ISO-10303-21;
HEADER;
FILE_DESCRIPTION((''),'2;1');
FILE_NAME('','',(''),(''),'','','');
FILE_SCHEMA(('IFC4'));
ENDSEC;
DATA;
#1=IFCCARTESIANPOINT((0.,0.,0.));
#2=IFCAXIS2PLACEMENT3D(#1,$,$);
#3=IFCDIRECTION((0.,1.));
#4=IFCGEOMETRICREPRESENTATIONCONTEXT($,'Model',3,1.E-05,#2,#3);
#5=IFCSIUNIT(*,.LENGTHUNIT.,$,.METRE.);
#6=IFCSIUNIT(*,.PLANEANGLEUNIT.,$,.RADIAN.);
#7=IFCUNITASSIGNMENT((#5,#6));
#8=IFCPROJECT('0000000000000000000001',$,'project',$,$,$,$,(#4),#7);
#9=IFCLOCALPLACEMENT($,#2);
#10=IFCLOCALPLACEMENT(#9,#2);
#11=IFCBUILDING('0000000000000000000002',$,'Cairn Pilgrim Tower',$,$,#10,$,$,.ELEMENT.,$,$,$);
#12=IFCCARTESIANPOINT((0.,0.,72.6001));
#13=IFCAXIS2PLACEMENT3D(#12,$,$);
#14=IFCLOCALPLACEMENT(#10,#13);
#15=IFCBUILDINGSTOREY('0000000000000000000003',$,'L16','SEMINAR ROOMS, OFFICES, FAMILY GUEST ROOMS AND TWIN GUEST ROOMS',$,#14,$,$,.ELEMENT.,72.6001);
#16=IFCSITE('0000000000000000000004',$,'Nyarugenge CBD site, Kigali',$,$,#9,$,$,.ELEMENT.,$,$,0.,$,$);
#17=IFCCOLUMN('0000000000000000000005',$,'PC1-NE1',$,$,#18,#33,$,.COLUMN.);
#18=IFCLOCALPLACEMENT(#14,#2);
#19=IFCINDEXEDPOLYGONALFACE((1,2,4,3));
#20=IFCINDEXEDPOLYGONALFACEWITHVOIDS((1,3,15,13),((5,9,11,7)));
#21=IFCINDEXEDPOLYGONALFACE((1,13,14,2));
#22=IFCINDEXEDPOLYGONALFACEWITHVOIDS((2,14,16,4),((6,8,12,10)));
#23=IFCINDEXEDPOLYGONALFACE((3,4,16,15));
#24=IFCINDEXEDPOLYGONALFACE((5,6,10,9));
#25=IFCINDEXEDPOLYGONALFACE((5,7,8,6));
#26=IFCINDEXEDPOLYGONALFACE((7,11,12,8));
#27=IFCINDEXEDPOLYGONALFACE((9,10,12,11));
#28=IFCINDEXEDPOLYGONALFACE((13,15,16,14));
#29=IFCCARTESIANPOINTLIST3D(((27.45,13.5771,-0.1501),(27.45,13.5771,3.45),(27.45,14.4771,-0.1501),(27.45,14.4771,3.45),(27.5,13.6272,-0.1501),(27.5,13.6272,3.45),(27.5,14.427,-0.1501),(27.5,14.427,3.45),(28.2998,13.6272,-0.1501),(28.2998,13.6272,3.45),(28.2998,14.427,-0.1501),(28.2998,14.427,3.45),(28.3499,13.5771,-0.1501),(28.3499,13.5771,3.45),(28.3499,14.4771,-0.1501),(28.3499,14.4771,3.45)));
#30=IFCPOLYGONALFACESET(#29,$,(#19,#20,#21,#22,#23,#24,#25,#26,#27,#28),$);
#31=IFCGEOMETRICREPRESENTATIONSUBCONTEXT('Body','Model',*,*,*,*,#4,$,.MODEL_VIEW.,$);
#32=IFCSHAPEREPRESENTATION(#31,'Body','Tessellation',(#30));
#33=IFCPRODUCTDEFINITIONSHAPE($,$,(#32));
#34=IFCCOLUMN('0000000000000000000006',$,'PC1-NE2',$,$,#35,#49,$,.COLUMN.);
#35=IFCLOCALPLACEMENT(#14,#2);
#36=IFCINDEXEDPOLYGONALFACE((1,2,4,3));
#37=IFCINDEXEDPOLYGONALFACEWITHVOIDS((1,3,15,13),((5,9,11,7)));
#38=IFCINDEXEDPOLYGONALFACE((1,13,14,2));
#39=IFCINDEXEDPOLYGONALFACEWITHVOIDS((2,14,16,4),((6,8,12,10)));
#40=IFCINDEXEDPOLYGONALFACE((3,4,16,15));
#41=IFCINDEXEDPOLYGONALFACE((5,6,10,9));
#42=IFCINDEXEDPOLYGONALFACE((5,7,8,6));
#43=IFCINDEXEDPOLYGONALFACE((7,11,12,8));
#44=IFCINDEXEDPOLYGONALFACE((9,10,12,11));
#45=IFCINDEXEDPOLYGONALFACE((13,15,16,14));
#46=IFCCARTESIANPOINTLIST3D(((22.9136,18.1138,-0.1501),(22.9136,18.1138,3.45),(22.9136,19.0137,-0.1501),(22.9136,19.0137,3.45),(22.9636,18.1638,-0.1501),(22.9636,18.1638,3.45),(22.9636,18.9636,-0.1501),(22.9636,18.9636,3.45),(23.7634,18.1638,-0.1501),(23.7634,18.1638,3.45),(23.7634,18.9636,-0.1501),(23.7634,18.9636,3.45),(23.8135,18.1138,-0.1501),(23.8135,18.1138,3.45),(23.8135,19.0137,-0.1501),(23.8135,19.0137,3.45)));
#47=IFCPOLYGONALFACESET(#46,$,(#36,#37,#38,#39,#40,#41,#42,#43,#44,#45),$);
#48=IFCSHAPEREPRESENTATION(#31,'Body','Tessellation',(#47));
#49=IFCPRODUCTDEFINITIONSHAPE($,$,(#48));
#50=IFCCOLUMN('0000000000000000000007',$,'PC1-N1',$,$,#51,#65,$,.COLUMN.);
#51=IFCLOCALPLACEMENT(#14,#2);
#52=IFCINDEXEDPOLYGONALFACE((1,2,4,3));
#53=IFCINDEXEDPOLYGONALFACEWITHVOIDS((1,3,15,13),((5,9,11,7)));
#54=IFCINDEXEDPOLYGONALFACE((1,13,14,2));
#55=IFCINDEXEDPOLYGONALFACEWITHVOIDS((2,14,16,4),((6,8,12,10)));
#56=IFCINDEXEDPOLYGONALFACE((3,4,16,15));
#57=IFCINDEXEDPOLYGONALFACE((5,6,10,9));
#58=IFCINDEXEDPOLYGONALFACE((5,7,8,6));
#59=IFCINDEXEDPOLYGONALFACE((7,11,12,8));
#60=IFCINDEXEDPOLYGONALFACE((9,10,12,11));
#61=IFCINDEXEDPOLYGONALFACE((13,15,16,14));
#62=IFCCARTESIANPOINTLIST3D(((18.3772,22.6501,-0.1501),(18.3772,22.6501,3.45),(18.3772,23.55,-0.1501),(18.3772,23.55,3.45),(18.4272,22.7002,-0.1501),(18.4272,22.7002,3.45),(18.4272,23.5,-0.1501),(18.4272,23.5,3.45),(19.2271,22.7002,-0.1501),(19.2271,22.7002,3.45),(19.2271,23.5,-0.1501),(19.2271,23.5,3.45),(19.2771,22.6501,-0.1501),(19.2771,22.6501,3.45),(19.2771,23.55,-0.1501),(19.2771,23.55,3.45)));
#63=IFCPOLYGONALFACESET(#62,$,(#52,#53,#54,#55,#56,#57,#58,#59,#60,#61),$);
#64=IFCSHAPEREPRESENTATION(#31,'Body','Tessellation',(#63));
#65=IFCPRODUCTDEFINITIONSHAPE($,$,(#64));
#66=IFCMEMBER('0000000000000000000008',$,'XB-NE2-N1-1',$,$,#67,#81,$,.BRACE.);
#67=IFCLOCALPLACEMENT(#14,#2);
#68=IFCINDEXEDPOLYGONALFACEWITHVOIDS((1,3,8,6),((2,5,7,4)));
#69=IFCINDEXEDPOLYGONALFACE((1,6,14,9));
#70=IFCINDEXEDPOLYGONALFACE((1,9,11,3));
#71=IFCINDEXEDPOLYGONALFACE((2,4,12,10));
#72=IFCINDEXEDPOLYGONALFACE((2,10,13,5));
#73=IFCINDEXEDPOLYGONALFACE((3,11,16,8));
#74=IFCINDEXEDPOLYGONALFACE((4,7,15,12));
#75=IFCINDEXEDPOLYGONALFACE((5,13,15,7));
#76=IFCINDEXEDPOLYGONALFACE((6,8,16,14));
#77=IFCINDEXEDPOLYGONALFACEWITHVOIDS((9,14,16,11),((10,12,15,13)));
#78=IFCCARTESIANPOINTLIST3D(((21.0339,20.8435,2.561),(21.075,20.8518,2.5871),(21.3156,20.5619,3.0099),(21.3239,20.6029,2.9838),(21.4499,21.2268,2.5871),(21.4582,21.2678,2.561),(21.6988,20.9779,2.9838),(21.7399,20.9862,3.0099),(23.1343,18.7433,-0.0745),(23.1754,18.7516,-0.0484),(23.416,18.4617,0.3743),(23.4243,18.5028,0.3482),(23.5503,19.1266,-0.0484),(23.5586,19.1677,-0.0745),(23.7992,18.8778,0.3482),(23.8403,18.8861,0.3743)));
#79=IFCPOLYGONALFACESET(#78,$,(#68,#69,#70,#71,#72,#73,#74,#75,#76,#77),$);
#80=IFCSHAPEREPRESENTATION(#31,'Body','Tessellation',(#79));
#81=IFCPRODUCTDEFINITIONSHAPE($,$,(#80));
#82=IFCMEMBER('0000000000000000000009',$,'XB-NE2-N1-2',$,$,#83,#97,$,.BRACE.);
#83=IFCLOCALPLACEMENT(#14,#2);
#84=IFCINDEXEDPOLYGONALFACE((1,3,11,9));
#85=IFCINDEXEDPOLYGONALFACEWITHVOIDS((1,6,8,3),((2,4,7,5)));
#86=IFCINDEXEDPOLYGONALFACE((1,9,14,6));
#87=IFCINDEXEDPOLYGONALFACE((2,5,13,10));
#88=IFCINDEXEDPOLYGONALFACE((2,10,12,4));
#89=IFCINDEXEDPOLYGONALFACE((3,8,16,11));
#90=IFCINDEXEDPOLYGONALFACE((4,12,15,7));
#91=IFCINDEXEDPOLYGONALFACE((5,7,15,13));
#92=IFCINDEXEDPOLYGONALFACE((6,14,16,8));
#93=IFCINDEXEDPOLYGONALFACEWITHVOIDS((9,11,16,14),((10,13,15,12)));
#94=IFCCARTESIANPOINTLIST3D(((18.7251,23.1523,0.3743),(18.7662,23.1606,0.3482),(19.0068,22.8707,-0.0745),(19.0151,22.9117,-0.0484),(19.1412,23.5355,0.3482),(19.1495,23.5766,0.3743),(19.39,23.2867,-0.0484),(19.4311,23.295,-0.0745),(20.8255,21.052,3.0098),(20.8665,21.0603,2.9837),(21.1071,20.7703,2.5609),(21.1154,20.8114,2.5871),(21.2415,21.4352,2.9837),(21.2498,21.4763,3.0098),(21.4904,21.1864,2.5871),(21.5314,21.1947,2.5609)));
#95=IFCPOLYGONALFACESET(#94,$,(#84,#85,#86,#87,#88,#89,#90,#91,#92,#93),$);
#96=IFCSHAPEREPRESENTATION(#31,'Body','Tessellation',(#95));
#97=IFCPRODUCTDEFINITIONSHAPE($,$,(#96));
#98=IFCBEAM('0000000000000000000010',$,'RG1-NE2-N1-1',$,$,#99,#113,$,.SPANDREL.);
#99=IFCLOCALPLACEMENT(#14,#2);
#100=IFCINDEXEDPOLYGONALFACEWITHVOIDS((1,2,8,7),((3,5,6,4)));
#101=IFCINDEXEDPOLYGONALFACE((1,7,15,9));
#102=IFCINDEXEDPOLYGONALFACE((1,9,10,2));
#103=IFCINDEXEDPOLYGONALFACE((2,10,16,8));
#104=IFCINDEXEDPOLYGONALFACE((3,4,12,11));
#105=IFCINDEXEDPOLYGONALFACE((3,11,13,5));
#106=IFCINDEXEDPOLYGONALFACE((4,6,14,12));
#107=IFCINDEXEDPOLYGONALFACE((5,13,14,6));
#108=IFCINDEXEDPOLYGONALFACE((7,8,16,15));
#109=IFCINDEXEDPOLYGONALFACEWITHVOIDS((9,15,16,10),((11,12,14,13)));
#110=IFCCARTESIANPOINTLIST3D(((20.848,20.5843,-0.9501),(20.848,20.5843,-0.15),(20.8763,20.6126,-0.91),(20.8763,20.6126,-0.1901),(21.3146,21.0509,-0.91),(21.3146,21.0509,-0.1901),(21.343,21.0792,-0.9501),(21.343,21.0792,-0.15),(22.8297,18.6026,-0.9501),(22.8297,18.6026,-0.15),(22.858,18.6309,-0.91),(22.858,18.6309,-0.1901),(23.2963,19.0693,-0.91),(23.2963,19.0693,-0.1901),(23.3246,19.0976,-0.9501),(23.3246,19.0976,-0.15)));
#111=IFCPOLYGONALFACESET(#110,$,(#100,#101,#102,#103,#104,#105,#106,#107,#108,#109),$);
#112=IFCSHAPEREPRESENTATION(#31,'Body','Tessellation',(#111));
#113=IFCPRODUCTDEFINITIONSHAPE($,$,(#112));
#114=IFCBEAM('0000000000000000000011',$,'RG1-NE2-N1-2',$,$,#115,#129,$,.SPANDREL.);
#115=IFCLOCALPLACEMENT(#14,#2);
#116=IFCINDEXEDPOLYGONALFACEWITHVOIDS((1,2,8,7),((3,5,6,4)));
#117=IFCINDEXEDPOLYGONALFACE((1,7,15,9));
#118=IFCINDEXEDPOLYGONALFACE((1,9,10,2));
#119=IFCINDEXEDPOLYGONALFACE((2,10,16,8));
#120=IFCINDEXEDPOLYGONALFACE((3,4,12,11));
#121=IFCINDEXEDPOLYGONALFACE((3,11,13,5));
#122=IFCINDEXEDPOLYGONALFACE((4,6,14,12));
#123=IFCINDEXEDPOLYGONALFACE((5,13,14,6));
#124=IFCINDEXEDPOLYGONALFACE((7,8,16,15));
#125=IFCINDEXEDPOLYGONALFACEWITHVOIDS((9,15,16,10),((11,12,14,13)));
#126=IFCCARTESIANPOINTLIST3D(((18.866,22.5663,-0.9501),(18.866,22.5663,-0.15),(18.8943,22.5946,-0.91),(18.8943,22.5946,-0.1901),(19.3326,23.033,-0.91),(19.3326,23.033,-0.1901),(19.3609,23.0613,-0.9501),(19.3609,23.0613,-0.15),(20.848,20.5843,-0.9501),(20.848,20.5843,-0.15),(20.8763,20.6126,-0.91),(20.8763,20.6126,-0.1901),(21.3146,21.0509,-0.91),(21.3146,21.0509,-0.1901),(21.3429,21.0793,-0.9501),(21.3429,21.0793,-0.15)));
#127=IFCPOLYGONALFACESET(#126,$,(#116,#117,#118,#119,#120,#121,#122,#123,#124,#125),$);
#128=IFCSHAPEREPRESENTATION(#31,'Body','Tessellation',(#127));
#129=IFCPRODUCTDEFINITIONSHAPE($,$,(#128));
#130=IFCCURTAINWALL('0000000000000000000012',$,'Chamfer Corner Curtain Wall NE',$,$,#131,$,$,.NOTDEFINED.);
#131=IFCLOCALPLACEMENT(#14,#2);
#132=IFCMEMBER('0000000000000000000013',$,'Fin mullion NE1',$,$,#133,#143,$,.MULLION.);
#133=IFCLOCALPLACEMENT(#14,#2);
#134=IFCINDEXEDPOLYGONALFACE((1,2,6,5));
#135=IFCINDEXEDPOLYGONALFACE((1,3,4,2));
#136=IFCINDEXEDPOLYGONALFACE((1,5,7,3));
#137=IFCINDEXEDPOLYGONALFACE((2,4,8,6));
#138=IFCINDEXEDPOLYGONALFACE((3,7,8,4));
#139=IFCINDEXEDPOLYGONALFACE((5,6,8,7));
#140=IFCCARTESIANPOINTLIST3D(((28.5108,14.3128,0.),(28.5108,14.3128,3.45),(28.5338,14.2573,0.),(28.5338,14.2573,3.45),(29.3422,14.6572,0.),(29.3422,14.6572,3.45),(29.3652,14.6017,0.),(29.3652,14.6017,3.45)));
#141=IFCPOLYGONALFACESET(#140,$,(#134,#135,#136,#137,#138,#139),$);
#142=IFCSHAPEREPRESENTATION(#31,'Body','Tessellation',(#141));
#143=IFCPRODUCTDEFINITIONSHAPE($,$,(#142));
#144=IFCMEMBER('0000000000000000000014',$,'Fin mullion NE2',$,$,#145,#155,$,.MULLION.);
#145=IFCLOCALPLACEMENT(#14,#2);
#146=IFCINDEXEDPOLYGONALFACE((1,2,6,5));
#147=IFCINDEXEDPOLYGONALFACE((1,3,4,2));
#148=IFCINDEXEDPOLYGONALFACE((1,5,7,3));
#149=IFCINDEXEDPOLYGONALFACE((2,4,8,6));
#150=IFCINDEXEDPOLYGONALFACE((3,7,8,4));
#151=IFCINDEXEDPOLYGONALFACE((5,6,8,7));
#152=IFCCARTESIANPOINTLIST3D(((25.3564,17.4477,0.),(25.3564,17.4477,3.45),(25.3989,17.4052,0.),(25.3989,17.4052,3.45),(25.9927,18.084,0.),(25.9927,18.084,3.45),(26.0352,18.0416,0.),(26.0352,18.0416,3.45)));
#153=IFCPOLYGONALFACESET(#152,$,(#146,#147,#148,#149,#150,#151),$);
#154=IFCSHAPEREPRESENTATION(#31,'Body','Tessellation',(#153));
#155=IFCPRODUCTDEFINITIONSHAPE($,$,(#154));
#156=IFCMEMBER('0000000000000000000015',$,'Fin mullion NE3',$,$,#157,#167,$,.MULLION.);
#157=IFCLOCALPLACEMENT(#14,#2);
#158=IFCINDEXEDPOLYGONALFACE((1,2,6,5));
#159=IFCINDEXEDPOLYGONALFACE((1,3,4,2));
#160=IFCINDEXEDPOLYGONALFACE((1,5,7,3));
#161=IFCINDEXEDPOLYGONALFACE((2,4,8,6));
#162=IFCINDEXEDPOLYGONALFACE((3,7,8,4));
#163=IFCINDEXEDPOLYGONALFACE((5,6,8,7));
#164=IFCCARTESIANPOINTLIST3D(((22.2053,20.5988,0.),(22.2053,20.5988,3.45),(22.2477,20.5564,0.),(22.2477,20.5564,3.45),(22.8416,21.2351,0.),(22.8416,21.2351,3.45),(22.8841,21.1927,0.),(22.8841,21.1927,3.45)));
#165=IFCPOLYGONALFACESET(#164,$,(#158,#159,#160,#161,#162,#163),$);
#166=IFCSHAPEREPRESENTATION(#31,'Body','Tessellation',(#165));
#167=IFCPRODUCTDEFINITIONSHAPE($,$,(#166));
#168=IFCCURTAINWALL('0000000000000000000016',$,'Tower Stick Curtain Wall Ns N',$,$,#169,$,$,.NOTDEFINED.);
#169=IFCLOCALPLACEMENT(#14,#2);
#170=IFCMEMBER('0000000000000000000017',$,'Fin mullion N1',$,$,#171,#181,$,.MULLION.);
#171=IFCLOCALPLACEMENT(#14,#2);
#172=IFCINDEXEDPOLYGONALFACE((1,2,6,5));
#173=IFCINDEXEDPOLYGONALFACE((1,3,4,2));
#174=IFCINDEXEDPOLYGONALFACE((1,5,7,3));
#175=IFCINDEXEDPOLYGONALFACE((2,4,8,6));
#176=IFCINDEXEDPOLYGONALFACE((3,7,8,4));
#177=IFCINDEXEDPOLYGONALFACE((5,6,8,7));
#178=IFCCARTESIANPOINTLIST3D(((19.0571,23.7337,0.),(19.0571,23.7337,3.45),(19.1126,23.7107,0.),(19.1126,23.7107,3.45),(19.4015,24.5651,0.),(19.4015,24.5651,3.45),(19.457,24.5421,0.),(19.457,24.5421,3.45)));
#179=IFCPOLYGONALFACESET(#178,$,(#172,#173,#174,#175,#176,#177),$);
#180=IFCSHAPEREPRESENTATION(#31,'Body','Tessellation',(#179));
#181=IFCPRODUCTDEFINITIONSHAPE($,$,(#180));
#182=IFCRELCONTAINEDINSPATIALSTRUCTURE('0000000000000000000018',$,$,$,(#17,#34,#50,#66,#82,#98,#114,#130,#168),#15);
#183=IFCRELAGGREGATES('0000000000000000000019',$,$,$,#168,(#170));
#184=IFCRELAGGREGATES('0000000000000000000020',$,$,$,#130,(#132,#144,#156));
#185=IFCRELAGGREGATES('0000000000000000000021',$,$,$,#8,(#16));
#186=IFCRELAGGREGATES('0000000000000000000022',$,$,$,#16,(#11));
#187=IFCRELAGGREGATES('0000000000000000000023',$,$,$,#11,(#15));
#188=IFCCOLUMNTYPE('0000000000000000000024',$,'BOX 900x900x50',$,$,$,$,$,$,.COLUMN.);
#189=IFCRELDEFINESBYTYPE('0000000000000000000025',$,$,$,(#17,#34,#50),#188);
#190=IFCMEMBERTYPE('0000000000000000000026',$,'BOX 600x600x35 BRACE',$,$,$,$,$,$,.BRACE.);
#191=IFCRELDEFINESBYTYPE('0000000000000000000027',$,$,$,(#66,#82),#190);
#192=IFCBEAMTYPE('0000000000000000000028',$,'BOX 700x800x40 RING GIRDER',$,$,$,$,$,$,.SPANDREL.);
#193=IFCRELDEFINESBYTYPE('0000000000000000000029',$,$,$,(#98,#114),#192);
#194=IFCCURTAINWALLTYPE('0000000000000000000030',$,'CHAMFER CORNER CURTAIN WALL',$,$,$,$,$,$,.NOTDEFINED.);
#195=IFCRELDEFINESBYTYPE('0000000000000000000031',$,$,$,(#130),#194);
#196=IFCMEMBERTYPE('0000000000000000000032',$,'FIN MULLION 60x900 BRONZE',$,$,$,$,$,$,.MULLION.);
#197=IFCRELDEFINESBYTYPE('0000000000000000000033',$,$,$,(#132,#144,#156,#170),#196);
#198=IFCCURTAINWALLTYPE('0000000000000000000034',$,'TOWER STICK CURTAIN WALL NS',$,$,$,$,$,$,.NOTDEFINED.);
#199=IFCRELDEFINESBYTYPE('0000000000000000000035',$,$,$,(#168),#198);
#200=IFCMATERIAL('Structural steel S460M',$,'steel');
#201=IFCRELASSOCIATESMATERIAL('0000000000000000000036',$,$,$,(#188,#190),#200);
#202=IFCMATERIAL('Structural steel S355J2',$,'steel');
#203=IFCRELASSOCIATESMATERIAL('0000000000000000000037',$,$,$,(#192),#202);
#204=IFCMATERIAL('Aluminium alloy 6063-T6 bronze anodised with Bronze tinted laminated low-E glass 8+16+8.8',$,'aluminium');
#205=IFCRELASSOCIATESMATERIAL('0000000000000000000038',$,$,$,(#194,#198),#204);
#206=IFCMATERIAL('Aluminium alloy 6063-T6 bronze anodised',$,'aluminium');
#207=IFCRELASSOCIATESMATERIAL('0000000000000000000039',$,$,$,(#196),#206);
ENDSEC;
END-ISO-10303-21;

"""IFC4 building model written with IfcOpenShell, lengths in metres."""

from ifc_helpers import new_model, si_unit, direction, frame, origin, origin_2d, place, context, subcontext, project, spatial, rectangle, hollow_rectangle, extrude, material, material_profile, profile_set, type_object, element, aggregate, save


model = new_model("IFC4")

# Units and contexts
model_context = context("Model", 3, precision=1e-05, world=origin(), true_north=direction((0.0, 1.0)))
body_context = subcontext(model_context, "Body", "Model", "MODEL_VIEW")
ifc_project = project(units=[si_unit("LENGTHUNIT", "METRE"), si_unit("PLANEANGLEUNIT", "RADIAN")], contexts=[model_context])

# Site, building, storey
site_placement = place(None, origin())
site = spatial("IfcSite", under=ifc_project, at=site_placement, Name="Nyarugenge CBD site, Kigali", CompositionType="ELEMENT", RefElevation=0.0)
building_placement = place(site_placement, origin())
building = spatial("IfcBuilding", under=site, at=building_placement, Name="Cairn Pilgrim Tower", CompositionType="ELEMENT")
storey_placement = place(building_placement, frame((0.0, 0.0, 72.6001)))
storey = spatial("IfcBuildingStorey", under=building, at=storey_placement, Name="L16", Description="SEMINAR ROOMS, OFFICES, FAMILY GUEST ROOMS AND TWIN GUEST ROOMS", CompositionType="ELEMENT", Elevation=72.6001)

# Columns
ifc_material_1 = material(Name="Structural steel S460M", Category="steel")
ifc_material_profile_1 = material_profile(ifc_material_1, hollow_rectangle(XDim=0.8999, YDim=0.8999, WallThickness=0.05, at=origin_2d()), Name="BOX 900x900x50")
ifc_profile_set_1 = profile_set([ifc_material_profile_1], Name="Structural steel S460M")
column_type = type_object("IfcColumnType", Name="BOX 900x900x50", PredefinedType="COLUMN", material=ifc_profile_set_1)
for number, where, z_axis, x_axis, name in (
    (1, (27.8999, 14.0271, -0.1501), (0.0, 0.0, 1.0), (1.0, 0.0, 0.0), "PC1-NE1"),
    (2, (23.3635, 18.5637, -0.1501), (0.0, 0.0, 1.0), (1.0, 0.0, 0.0), "PC1-NE2"),
    (3, (18.8271, 23.1001, -0.1501), (0.0, 0.0, 1.0), (1.0, 0.0, 0.0), "PC1-N1"),
):
    element("IfcColumn", number, at=place(storey_placement, frame(where, z_axis=z_axis, x_axis=x_axis)), inside=storey, type_object=column_type, Name=name, PredefinedType="COLUMN", context=body_context, shape_type="SweptSolid", body=[
        extrude(hollow_rectangle(XDim=0.8999, YDim=0.8999, WallThickness=0.05, at=origin_2d()), origin(), (0.0, 0.0, 1.0), 3.6001),
    ])

# Members
ifc_material_profile_2 = material_profile(ifc_material_1, hollow_rectangle(XDim=0.6001, YDim=0.6001, WallThickness=0.0349, at=origin_2d()), Name="BOX 600x600x35")
ifc_profile_set_2 = profile_set([ifc_material_profile_2], Name="Structural steel S460M")
member_type_1 = type_object("IfcMemberType", Name="BOX 600x600x35 BRACE", PredefinedType="BRACE", material=ifc_profile_set_2)
for number, where, z_axis, x_axis, name in (
    (4, (23.4873, 18.8147, 0.1499), (-0.528939, 0.528878, 0.66371), (-0.707066, -0.707148, 0.0), "XB-NE2-N1-1"),
    (5, (19.0781, 23.2236, 0.1499), (0.528922, -0.528922, 0.663689), (0.707107, 0.707107, 0.0), "XB-NE2-N1-2"),
):
    element("IfcMember", number, at=place(storey_placement, frame(where, z_axis=z_axis, x_axis=x_axis)), inside=storey, type_object=member_type_1, Name=name, PredefinedType="BRACE", context=body_context, shape_type="SweptSolid", body=[
        extrude(hollow_rectangle(XDim=0.6001, YDim=0.6001, WallThickness=0.0349, at=origin_2d()), origin(), (0.0, 0.0, 1.0), 3.9709),
    ])

# Beams
ifc_material_2 = material(Name="Structural steel S355J2", Category="steel")
ifc_material_profile_3 = material_profile(ifc_material_2, hollow_rectangle(XDim=0.7, YDim=0.8, WallThickness=0.04, at=origin_2d()), Name="BOX 700x800x40")
ifc_profile_set_3 = profile_set([ifc_material_profile_3], Name="Structural steel S355J2")
beam_type_1 = type_object("IfcBeamType", Name="BOX 700x800x40 RING GIRDER", PredefinedType="SPANDREL", material=ifc_profile_set_3)
beam_1_placement = place(storey_placement, frame((23.0771, 18.8501, -0.55), z_axis=(-0.707107, 0.707107, 0.0), x_axis=(-0.707107, -0.707107, 0.0)))
element("IfcBeam", 6, at=beam_1_placement, inside=storey, type_object=beam_type_1, Name="RG1-NE2-N1-1", PredefinedType="SPANDREL", context=body_context, shape_type="SweptSolid", body=[
    extrude(hollow_rectangle(XDim=0.7, YDim=0.8, WallThickness=0.04, at=origin_2d()), origin(), (0.0, 0.0, 1.0), 2.8025),
])
beam_2_placement = place(storey_placement, frame((21.0955, 20.8318, -0.55), z_axis=(-0.707107, 0.707107, 0.0), x_axis=(-0.707107, -0.707107, 0.0)))
element("IfcBeam", 7, at=beam_2_placement, inside=storey, type_object=beam_type_1, Name="RG1-NE2-N1-2", PredefinedType="SPANDREL", context=body_context, shape_type="SweptSolid", body=[
    extrude(hollow_rectangle(XDim=0.7, YDim=0.8, WallThickness=0.04, at=origin_2d()), origin(), (0.0, 0.0, 1.0), 2.803),
])

# Curtain wall, members
ifc_material_3 = material(Name="Aluminium alloy 6063-T6 bronze anodised with Bronze tinted laminated low-E glass 8+16+8.8", Category="aluminium")
curtain_wall_type_1 = type_object("IfcCurtainWallType", Name="CHAMFER CORNER CURTAIN WALL", PredefinedType="NOTDEFINED", material=ifc_material_3)
curtain_wall_1_placement = place(storey_placement, origin())
curtain_wall_1 = element("IfcCurtainWall", 8, at=curtain_wall_1_placement, inside=storey, type_object=curtain_wall_type_1, Name="Chamfer Corner Curtain Wall NE", PredefinedType="NOTDEFINED")
ifc_material_4 = material(Name="Aluminium alloy 6063-T6 bronze anodised", Category="aluminium")
ifc_material_profile_4 = material_profile(ifc_material_4, rectangle(XDim=0.8999, YDim=0.0601, at=origin_2d()), Name="FIN MULLION 60x900 BRONZE")
ifc_profile_set_4 = profile_set([ifc_material_profile_4], Name="Aluminium alloy 6063-T6 bronze anodised")
member_type_2 = type_object("IfcMemberType", Name="FIN MULLION 60x900 BRONZE", PredefinedType="MULLION", material=ifc_profile_set_4)
member_1_placement = place(storey_placement, frame((28.938, 14.4573, 0.0), z_axis=(0.0, 0.0, 1.0), x_axis=(0.92388, 0.382683, 0.0)))
member_1 = element("IfcMember", 9, at=member_1_placement, type_object=member_type_2, Name="Fin mullion NE1", PredefinedType="MULLION", context=body_context, shape_type="SweptSolid", body=[
    extrude(rectangle(XDim=0.8999, YDim=0.0601, at=origin_2d()), origin(), (0.0, 0.0, 1.0), 3.45),
])
member_2_placement = place(storey_placement, frame((25.6958, 17.7446, 0.0), z_axis=(0.0, 0.0, 1.0), x_axis=(0.707107, 0.707107, 0.0)))
member_2 = element("IfcMember", 10, at=member_2_placement, type_object=member_type_2, Name="Fin mullion NE2", PredefinedType="MULLION", context=body_context, shape_type="SweptSolid", body=[
    extrude(rectangle(XDim=0.8999, YDim=0.0601, at=origin_2d()), origin(), (0.0, 0.0, 1.0), 3.45),
])
member_3_placement = place(storey_placement, frame((22.5447, 20.8958, 0.0), z_axis=(0.0, 0.0, 1.0), x_axis=(0.707107, 0.707107, 0.0)))
member_3 = element("IfcMember", 11, at=member_3_placement, type_object=member_type_2, Name="Fin mullion NE3", PredefinedType="MULLION", context=body_context, shape_type="SweptSolid", body=[
    extrude(rectangle(XDim=0.8999, YDim=0.0601, at=origin_2d()), origin(), (0.0, 0.0, 1.0), 3.45),
])

# Curtain wall, member
curtain_wall_type_2 = type_object("IfcCurtainWallType", Name="TOWER STICK CURTAIN WALL NS", PredefinedType="NOTDEFINED", material=ifc_material_3)
curtain_wall_2_placement = place(storey_placement, origin())
curtain_wall_2 = element("IfcCurtainWall", 12, at=curtain_wall_2_placement, inside=storey, type_object=curtain_wall_type_2, Name="Tower Stick Curtain Wall Ns N", PredefinedType="NOTDEFINED")
member_4_placement = place(storey_placement, frame((19.2571, 24.1379, 0.0), z_axis=(0.0, 0.0, 1.0), x_axis=(0.382683, 0.92388, 0.0)))
member_4 = element("IfcMember", 13, at=member_4_placement, type_object=member_type_2, Name="Fin mullion N1", PredefinedType="MULLION", context=body_context, shape_type="SweptSolid", body=[
    extrude(rectangle(XDim=0.8999, YDim=0.0601, at=origin_2d()), origin(), (0.0, 0.0, 1.0), 3.45),
])

aggregate(curtain_wall_2, [member_4])

aggregate(curtain_wall_1, [member_1, member_2, member_3])

save(model, "model.ifc")
